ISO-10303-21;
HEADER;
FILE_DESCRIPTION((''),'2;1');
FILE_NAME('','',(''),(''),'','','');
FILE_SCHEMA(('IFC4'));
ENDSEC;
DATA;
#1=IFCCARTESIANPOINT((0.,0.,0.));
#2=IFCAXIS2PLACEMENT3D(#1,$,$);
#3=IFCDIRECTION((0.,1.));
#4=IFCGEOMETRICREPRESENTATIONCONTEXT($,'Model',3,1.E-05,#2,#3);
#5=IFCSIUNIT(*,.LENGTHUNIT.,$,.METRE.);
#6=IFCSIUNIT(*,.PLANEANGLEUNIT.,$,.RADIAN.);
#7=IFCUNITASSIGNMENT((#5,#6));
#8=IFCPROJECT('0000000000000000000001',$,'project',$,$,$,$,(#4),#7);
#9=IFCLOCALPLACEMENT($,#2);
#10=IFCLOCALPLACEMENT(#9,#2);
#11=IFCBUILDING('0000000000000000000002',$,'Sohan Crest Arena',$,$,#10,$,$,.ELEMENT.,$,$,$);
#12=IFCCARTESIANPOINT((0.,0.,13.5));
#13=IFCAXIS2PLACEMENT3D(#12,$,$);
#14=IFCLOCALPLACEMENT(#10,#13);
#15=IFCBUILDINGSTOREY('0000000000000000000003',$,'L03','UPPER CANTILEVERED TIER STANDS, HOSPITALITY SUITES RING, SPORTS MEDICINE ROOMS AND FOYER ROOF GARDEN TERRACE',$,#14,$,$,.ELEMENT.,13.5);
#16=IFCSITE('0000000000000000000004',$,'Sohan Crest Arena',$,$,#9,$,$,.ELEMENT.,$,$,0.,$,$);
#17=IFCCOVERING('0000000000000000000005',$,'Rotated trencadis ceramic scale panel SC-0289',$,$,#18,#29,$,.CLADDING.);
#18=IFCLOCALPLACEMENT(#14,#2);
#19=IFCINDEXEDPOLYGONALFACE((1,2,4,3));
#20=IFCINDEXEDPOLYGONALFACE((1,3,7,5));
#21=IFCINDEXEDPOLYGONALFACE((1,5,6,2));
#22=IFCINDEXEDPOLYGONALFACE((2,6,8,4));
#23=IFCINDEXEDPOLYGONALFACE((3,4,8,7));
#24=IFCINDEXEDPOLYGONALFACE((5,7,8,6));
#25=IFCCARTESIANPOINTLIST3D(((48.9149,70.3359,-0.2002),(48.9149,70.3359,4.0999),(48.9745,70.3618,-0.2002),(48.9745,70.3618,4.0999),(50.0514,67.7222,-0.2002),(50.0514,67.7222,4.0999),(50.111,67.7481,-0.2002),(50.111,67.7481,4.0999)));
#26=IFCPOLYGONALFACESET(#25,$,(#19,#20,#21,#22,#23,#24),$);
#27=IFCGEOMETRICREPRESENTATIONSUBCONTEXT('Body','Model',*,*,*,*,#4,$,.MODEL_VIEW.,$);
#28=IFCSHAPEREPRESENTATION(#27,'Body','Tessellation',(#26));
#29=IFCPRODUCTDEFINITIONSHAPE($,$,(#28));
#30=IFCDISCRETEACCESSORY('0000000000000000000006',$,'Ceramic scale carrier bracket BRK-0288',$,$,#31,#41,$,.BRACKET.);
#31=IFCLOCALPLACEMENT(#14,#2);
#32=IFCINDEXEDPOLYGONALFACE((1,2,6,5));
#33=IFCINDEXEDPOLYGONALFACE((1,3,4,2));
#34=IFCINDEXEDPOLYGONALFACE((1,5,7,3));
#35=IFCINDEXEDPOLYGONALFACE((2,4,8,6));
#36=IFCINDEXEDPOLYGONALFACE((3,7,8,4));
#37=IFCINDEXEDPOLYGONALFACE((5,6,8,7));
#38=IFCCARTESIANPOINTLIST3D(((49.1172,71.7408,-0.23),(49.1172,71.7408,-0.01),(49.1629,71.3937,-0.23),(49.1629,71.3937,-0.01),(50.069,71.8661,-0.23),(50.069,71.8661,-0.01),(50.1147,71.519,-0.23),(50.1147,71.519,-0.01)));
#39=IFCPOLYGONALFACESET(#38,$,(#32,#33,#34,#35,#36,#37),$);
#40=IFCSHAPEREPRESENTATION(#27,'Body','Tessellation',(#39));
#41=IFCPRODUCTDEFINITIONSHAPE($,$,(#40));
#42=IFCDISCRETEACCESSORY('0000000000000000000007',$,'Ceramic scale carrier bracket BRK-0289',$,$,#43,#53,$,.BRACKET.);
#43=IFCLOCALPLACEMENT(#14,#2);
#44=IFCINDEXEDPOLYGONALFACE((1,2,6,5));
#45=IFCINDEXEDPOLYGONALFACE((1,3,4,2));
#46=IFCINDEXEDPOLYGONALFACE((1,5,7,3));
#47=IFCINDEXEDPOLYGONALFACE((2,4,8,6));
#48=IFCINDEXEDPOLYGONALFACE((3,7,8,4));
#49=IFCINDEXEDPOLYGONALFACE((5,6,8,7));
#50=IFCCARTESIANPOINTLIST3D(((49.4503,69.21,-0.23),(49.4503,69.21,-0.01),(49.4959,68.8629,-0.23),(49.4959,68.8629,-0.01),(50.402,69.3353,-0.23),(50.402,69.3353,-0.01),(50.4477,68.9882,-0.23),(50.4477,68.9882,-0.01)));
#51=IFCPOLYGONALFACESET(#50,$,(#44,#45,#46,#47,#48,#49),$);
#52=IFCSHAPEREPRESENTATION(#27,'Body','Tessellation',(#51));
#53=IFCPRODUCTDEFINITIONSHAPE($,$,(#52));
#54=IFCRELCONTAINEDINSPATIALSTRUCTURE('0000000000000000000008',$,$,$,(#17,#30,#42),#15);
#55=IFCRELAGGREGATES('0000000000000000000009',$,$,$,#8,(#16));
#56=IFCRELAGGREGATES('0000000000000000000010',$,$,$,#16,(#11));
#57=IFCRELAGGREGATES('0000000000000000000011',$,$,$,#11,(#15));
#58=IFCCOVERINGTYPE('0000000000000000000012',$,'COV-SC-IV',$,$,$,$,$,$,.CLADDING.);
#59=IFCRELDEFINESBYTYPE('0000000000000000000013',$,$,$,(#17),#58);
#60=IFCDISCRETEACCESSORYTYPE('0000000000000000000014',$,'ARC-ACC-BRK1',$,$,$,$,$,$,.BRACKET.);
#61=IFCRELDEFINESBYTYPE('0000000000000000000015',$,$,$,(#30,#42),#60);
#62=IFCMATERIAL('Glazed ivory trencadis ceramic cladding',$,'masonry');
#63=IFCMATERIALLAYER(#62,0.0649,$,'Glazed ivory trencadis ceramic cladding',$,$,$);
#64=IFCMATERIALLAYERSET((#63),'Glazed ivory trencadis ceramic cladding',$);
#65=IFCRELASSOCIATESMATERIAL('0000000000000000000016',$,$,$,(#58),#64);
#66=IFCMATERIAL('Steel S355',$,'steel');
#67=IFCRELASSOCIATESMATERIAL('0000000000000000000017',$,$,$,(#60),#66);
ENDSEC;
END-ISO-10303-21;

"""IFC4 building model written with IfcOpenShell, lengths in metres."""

from ifc_helpers import new_model, si_unit, direction, frame, origin, origin_2d, place, context, subcontext, project, spatial, rectangle, extrude, material, layer, layer_set, type_object, element, save


model = new_model("IFC4")

# Units and contexts
model_context = context("Model", 3, precision=1e-05, world=origin(), true_north=direction((0.0, 1.0)))
body_context = subcontext(model_context, "Body", "Model", "MODEL_VIEW")
ifc_project = project(units=[si_unit("LENGTHUNIT", "METRE"), si_unit("PLANEANGLEUNIT", "RADIAN")], contexts=[model_context])

# Site, building, storey
site_placement = place(None, origin())
site = spatial("IfcSite", under=ifc_project, at=site_placement, Name="Sohan Crest Arena", CompositionType="ELEMENT", RefElevation=0.0)
building_placement = place(site_placement, origin())
building = spatial("IfcBuilding", under=site, at=building_placement, Name="Sohan Crest Arena", CompositionType="ELEMENT")
storey_placement = place(building_placement, frame((0.0, 0.0, 13.5)))
storey = spatial("IfcBuildingStorey", under=building, at=storey_placement, Name="L03", Description="UPPER CANTILEVERED TIER STANDS, HOSPITALITY SUITES RING, SPORTS MEDICINE ROOMS AND FOYER ROOF GARDEN TERRACE", CompositionType="ELEMENT", Elevation=13.5)

# Covering
ifc_material_1 = material(Name="Glazed ivory trencadis ceramic cladding", Category="masonry")
ifc_layer_1 = layer(ifc_material_1, 0.0649, Name="Glazed ivory trencadis ceramic cladding")
ifc_layer_set_1 = layer_set([ifc_layer_1], Name="Glazed ivory trencadis ceramic cladding")
covering_type = type_object("IfcCoveringType", Name="COV-SC-IV", PredefinedType="CLADDING", material=ifc_layer_set_1)
covering_placement = place(storey_placement, frame((49.5129, 69.042, -0.2002), z_axis=(0.0, 0.0, 1.0), x_axis=(0.398749, -0.91706, 0.0)))
element("IfcCovering", 1, at=covering_placement, inside=storey, type_object=covering_type, Name="Rotated trencadis ceramic scale panel SC-0289", PredefinedType="CLADDING", context=body_context, shape_type="SweptSolid", body=[
    extrude(rectangle(XDim=2.8501, YDim=0.0649, at=origin_2d()), origin(), (0.0, 0.0, 1.0), 4.3),
])

# Discrete accessories
ifc_material_2 = material(Name="Steel S355", Category="steel")
discrete_accessory_type = type_object("IfcDiscreteAccessoryType", Name="ARC-ACC-BRK1", PredefinedType="BRACKET", material=ifc_material_2)
for number, where, z_axis, x_axis, name in (
    (2, (49.616, 71.6299, -0.23), (0.0, 0.0, 1.0), (0.130526, -0.991445, 0.0), "Ceramic scale carrier bracket BRK-0288"),
    (3, (49.949, 69.0991, -0.23), (0.0, 0.0, 1.0), (0.130526, -0.991445, 0.0), "Ceramic scale carrier bracket BRK-0289"),
):
    element("IfcDiscreteAccessory", number, at=place(storey_placement, frame(where, z_axis=z_axis, x_axis=x_axis)), inside=storey, type_object=discrete_accessory_type, Name=name, PredefinedType="BRACKET", context=body_context, shape_type="SweptSolid", body=[
        extrude(rectangle(XDim=0.3501, YDim=0.96, at=origin_2d()), origin(), (0.0, 0.0, 1.0), 0.22),
    ])

save(model, "model.ifc")
